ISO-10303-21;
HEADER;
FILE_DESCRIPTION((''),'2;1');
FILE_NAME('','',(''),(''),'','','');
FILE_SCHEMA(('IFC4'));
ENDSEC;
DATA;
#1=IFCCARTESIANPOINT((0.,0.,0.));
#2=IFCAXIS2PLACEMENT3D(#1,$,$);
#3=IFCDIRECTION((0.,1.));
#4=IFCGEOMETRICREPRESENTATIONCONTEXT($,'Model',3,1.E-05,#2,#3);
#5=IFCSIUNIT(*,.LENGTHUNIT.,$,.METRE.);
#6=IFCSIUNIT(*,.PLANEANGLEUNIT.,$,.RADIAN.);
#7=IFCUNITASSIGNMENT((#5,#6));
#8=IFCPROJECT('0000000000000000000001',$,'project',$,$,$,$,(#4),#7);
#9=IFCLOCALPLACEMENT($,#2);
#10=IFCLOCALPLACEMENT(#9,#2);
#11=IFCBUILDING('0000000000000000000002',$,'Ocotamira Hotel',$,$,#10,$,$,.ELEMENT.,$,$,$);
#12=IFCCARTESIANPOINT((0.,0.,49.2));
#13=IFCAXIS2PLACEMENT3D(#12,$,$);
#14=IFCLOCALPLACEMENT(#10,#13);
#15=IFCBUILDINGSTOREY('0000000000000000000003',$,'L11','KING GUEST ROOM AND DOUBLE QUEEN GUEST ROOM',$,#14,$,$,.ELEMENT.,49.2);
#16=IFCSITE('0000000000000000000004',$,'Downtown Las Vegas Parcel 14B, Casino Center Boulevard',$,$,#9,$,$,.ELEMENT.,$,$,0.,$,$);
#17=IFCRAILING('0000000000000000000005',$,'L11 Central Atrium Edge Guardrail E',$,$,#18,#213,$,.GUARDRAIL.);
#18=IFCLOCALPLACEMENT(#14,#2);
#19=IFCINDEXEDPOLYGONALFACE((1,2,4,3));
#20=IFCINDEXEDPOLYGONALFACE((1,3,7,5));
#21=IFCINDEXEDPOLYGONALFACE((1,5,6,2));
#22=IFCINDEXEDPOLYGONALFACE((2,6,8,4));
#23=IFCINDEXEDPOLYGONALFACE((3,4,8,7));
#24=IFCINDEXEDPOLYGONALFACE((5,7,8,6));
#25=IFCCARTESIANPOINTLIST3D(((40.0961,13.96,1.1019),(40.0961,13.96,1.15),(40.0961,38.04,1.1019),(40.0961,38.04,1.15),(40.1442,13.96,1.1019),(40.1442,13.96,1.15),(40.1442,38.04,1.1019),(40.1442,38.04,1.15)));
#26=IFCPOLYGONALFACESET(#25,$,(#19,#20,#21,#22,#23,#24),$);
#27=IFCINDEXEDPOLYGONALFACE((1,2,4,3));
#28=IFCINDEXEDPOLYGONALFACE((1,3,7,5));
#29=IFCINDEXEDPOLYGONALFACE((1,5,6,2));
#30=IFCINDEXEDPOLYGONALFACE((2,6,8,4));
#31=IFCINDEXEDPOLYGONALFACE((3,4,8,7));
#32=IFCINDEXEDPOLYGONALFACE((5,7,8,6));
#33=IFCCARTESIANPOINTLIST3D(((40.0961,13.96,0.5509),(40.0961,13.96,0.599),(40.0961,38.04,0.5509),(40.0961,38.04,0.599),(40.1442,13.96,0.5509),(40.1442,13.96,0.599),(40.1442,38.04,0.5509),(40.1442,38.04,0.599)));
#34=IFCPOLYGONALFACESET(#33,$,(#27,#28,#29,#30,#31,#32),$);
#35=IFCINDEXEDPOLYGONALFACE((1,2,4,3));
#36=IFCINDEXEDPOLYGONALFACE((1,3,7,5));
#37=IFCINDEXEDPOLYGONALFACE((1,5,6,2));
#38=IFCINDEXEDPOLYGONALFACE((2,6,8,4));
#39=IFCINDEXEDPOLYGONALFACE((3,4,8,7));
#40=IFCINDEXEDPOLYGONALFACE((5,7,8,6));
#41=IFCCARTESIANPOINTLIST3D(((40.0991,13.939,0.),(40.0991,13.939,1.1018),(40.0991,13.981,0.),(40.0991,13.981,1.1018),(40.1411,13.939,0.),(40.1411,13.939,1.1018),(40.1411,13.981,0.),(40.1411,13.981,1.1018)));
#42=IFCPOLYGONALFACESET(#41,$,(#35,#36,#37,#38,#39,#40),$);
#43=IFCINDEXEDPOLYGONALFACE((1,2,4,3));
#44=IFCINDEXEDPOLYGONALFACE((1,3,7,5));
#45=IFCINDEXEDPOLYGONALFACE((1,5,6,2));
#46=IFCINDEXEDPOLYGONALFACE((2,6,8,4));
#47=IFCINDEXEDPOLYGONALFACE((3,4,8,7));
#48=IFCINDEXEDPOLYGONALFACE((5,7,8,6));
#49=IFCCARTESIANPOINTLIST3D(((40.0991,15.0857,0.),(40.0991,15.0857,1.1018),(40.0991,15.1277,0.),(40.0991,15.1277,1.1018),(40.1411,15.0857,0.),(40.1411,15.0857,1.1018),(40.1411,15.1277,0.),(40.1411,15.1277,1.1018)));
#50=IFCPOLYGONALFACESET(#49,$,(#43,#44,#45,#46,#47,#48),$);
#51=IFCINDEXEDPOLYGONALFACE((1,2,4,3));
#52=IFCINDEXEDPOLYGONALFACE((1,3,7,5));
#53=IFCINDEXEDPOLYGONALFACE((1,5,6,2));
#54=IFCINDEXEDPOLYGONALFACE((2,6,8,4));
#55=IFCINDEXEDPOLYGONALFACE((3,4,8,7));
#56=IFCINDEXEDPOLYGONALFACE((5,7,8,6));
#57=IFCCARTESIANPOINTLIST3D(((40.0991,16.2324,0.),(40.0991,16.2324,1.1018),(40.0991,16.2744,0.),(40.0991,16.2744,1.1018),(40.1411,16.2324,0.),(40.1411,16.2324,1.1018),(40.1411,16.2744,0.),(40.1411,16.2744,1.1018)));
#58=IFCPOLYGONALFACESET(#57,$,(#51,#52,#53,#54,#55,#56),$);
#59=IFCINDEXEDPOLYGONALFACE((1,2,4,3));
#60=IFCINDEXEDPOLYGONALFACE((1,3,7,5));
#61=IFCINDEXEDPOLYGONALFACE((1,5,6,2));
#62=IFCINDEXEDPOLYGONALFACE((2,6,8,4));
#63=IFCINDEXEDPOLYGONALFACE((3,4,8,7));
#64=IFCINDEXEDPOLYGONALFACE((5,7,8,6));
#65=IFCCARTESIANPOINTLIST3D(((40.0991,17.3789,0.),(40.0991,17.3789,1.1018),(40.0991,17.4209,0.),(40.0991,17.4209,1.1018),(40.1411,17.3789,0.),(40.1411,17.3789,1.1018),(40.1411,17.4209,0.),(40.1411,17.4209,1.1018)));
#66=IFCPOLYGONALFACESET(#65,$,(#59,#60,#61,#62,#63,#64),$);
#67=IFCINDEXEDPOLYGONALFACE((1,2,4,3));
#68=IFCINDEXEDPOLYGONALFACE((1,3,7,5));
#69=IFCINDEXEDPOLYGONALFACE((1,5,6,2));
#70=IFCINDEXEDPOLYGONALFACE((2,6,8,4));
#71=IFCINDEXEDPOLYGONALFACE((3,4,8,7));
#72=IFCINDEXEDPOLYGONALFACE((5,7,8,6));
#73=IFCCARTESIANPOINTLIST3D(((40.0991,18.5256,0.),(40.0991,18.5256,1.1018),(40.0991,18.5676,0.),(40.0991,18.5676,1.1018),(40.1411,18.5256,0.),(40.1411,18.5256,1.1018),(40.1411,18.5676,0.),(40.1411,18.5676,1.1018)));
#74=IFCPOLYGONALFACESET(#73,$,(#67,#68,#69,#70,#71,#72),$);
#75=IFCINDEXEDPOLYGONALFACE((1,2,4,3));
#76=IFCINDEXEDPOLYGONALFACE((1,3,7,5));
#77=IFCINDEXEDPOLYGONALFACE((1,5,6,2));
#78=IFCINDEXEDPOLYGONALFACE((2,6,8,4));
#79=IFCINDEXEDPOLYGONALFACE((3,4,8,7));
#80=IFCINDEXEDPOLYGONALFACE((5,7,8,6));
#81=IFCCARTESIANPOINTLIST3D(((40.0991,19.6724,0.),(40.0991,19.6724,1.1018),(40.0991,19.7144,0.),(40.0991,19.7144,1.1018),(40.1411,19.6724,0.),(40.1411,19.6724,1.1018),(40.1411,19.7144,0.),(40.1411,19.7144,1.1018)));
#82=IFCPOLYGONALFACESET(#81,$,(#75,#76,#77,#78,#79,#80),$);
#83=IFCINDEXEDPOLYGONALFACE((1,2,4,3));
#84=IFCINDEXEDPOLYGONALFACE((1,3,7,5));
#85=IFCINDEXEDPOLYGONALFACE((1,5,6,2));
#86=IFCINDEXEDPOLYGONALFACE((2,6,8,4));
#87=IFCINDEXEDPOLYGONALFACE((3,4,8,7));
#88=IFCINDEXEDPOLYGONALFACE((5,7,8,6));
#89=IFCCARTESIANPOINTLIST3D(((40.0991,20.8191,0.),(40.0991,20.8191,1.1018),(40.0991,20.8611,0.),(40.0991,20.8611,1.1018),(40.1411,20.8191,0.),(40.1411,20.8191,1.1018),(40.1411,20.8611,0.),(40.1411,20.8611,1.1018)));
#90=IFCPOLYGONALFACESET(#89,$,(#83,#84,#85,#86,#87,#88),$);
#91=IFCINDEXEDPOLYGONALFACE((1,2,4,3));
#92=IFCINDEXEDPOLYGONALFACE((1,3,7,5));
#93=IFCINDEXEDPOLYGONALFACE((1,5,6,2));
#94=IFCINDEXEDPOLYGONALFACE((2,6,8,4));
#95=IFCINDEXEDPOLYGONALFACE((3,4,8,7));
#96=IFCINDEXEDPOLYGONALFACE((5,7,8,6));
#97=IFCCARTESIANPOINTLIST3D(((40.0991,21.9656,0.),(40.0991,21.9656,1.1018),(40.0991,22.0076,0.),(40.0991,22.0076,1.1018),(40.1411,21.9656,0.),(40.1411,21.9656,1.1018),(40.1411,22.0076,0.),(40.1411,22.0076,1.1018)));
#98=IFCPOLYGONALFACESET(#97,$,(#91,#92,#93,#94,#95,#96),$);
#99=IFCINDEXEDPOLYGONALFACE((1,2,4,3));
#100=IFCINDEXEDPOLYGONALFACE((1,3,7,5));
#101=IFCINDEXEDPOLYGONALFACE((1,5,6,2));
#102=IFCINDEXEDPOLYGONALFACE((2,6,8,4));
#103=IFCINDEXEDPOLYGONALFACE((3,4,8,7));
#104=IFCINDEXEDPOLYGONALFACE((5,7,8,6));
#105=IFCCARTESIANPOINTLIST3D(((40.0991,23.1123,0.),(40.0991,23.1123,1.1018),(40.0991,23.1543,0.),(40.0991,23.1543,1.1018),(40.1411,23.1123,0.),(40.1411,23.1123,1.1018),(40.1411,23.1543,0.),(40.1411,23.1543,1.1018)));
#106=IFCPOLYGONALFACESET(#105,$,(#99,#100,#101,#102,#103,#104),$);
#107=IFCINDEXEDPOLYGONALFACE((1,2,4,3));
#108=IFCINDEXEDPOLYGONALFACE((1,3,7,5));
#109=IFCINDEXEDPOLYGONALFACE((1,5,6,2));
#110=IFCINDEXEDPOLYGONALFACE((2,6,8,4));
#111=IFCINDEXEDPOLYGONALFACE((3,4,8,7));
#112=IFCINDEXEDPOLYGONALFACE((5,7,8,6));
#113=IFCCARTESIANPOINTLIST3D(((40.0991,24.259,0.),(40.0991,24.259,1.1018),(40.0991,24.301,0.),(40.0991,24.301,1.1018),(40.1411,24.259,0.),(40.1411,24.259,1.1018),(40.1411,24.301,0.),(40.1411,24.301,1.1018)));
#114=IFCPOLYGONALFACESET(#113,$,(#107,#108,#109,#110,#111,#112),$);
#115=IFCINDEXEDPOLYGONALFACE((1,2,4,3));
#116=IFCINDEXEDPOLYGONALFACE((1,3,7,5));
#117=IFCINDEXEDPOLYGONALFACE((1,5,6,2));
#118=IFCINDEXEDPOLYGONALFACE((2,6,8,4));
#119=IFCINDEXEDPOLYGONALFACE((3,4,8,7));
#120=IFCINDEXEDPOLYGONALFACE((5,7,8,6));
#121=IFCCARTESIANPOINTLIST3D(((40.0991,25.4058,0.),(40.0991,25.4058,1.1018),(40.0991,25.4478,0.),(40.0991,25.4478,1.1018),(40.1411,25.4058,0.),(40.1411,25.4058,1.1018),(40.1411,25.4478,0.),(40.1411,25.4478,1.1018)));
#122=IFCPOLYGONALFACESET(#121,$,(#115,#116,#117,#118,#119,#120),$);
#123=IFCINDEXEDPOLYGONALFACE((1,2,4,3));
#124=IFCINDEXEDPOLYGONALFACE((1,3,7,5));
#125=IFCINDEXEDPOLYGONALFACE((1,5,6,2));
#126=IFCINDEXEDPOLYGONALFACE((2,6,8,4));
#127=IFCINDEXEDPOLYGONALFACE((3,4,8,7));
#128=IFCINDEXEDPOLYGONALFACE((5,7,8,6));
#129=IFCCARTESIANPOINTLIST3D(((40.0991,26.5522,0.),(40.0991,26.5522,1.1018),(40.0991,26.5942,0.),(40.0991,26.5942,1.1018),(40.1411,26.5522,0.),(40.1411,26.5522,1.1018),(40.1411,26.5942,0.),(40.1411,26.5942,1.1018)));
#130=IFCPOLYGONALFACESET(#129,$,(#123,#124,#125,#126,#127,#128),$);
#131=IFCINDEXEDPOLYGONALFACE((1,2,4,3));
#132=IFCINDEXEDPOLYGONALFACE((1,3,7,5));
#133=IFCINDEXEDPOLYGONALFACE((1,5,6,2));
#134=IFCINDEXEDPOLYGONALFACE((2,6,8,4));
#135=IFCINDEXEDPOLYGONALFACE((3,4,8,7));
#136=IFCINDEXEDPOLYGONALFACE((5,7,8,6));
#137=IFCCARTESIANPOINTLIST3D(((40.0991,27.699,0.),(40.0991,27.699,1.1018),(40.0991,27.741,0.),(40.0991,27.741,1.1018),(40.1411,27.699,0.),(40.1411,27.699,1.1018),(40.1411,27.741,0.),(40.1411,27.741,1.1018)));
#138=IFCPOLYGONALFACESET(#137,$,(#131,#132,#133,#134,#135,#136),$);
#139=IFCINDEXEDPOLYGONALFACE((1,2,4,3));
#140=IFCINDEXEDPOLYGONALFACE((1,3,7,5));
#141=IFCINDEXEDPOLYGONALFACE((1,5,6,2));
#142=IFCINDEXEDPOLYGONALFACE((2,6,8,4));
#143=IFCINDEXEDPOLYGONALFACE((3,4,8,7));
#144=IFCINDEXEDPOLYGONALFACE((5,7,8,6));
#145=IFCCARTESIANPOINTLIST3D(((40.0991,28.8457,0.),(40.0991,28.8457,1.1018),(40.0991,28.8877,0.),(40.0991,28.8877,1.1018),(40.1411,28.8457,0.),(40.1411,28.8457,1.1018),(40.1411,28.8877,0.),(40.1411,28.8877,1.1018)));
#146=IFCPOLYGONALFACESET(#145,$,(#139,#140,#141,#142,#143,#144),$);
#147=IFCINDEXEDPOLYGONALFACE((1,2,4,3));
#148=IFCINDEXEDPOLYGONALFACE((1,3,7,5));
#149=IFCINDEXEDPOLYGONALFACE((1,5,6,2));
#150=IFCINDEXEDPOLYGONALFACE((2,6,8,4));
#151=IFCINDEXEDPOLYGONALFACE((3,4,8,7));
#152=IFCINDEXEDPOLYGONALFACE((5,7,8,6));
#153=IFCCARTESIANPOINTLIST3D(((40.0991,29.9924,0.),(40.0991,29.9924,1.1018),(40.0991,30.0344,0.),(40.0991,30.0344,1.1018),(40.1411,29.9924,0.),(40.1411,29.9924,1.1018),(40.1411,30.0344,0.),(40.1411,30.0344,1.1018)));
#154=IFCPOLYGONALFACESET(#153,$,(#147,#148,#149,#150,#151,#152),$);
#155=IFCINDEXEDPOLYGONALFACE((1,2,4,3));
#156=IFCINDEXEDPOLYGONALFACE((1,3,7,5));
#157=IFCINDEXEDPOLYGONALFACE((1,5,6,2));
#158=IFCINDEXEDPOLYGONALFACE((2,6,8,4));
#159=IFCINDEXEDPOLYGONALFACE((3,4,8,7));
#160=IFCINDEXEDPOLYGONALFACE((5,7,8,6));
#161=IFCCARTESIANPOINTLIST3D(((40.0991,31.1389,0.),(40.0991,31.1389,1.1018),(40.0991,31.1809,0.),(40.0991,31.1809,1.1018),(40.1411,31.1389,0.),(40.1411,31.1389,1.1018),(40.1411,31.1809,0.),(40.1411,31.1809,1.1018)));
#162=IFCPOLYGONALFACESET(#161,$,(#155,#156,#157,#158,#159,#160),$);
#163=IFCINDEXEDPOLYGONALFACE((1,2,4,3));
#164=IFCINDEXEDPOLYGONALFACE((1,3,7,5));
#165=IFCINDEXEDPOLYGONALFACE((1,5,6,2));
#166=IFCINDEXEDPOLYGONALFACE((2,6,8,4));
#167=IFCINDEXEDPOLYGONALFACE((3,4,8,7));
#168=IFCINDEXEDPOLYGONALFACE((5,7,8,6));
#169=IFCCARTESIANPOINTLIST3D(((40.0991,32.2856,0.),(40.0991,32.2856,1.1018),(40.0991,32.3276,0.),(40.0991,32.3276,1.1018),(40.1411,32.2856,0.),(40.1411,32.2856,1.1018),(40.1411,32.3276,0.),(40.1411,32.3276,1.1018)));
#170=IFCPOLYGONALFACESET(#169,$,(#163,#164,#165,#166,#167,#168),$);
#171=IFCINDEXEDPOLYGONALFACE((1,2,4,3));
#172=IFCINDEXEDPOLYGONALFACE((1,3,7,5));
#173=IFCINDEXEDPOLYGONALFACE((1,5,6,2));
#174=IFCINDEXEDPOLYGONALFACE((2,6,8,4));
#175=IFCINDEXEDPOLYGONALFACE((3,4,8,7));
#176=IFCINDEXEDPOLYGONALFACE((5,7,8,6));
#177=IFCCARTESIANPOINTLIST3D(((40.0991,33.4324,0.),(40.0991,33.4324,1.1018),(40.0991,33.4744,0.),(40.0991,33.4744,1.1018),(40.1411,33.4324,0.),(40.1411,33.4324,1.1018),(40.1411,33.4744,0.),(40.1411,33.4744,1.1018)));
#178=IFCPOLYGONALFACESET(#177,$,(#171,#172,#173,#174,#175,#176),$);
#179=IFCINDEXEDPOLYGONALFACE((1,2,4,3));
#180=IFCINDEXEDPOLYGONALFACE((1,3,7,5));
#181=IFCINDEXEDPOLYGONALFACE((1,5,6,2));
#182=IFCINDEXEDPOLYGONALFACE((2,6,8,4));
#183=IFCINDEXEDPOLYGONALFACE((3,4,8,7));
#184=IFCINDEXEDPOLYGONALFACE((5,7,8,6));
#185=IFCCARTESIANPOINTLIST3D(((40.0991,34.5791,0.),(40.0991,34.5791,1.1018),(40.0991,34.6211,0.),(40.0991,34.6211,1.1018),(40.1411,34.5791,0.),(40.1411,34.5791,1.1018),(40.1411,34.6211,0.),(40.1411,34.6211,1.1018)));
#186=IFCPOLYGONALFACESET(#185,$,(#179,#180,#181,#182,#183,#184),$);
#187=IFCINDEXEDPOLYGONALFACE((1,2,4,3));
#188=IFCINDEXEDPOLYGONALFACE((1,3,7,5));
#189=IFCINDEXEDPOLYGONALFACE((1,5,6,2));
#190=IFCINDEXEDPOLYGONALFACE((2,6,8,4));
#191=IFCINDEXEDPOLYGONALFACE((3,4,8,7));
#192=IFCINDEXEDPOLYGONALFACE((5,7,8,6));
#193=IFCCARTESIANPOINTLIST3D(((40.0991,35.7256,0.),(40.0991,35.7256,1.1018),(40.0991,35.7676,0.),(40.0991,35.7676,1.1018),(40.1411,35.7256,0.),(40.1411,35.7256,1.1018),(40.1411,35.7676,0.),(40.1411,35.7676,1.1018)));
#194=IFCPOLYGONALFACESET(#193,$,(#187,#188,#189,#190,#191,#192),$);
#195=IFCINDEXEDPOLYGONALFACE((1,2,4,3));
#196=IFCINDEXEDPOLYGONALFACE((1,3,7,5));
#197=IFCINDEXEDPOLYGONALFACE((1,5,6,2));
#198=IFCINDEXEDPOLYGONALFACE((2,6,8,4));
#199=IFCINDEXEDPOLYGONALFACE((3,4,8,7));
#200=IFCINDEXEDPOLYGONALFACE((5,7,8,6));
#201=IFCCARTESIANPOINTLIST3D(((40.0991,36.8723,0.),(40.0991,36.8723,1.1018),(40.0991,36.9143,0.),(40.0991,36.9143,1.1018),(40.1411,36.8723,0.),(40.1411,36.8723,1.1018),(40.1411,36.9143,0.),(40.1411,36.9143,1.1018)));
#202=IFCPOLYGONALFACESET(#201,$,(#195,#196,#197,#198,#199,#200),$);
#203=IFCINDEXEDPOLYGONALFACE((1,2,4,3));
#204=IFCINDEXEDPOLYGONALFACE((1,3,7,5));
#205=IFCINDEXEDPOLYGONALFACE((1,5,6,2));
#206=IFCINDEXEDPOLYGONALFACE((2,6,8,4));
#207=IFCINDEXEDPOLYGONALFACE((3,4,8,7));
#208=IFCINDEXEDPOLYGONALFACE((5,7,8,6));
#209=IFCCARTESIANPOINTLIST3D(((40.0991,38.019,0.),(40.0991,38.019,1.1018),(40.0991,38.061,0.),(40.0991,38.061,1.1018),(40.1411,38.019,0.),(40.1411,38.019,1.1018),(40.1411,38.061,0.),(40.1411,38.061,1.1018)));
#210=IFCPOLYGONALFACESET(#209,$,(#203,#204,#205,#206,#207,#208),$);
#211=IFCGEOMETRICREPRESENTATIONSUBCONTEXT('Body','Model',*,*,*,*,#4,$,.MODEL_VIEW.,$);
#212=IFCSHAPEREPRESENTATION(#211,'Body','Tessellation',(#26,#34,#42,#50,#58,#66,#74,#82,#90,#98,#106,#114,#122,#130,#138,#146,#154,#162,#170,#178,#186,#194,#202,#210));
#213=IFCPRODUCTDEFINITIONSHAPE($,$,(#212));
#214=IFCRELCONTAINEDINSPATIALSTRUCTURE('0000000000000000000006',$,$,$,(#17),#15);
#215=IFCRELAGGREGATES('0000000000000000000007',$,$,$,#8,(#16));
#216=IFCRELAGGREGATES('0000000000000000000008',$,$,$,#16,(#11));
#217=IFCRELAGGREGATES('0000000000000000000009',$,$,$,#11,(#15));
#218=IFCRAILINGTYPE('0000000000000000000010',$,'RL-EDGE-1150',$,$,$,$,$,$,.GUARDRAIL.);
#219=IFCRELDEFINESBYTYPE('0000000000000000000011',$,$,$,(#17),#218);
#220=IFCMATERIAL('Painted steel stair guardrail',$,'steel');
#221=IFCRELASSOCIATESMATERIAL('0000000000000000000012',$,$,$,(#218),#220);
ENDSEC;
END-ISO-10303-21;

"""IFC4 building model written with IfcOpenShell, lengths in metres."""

from ifc_helpers import new_model, si_unit, direction, frame, origin, origin_2d, place, context, subcontext, project, spatial, rectangle, extrude, material, type_object, element, save


model = new_model("IFC4")

# Units and contexts
model_context = context("Model", 3, precision=1e-05, world=origin(), true_north=direction((0.0, 1.0)))
body_context = subcontext(model_context, "Body", "Model", "MODEL_VIEW")
ifc_project = project(units=[si_unit("LENGTHUNIT", "METRE"), si_unit("PLANEANGLEUNIT", "RADIAN")], contexts=[model_context])

# Site, building, storey
site_placement = place(None, origin())
site = spatial("IfcSite", under=ifc_project, at=site_placement, Name="Downtown Las Vegas Parcel 14B, Casino Center Boulevard", CompositionType="ELEMENT", RefElevation=0.0)
building_placement = place(site_placement, origin())
building = spatial("IfcBuilding", under=site, at=building_placement, Name="Ocotamira Hotel", CompositionType="ELEMENT")
storey_placement = place(building_placement, frame((0.0, 0.0, 49.2)))
storey = spatial("IfcBuildingStorey", under=building, at=storey_placement, Name="L11", Description="KING GUEST ROOM AND DOUBLE QUEEN GUEST ROOM", CompositionType="ELEMENT", Elevation=49.2)

# Railing
ifc_material_1 = material(Name="Painted steel stair guardrail", Category="steel")
railing_type = type_object("IfcRailingType", Name="RL-EDGE-1150", PredefinedType="GUARDRAIL", material=ifc_material_1)
railing_placement = place(storey_placement, frame((40.1201, 13.96, 0.0)))
element("IfcRailing", 1, at=railing_placement, inside=storey, type_object=railing_type, Name="L11 Central Atrium Edge Guardrail E", PredefinedType="GUARDRAIL", context=body_context, shape_type="SweptSolid", body=[
    extrude(rectangle(XDim=0.0481, YDim=0.0481, at=origin_2d()), frame((0.0, 0.0, 1.126), z_axis=(0.0, 1.0, 0.0), x_axis=(-1.0, 0.0, 0.0)), (0.0, 0.0, 1.0), 24.0801),
    extrude(rectangle(XDim=0.0481, YDim=0.0481, at=origin_2d()), frame((0.0, 0.0, 0.575), z_axis=(0.0, 1.0, 0.0), x_axis=(-1.0, 0.0, 0.0)), (0.0, 0.0, 1.0), 24.0801),
    extrude(rectangle(XDim=0.042, YDim=0.042, at=origin_2d()), origin(), (0.0, 0.0, 1.0), 1.1018),
    extrude(rectangle(XDim=0.042, YDim=0.042, at=origin_2d()), frame((0.0, 1.1467, 0.0)), (0.0, 0.0, 1.0), 1.1018),
    extrude(rectangle(XDim=0.042, YDim=0.042, at=origin_2d()), frame((0.0, 2.2935, 0.0)), (0.0, 0.0, 1.0), 1.1018),
    extrude(rectangle(XDim=0.042, YDim=0.042, at=origin_2d()), frame((0.0, 3.4399, 0.0)), (0.0, 0.0, 1.0), 1.1018),
    extrude(rectangle(XDim=0.042, YDim=0.042, at=origin_2d()), frame((0.0, 4.5867, 0.0)), (0.0, 0.0, 1.0), 1.1018),
    extrude(rectangle(XDim=0.042, YDim=0.042, at=origin_2d()), frame((0.0, 5.7334, 0.0)), (0.0, 0.0, 1.0), 1.1018),
    extrude(rectangle(XDim=0.042, YDim=0.042, at=origin_2d()), frame((0.0, 6.8801, 0.0)), (0.0, 0.0, 1.0), 1.1018),
    extrude(rectangle(XDim=0.042, YDim=0.042, at=origin_2d()), frame((0.0, 8.0266, 0.0)), (0.0, 0.0, 1.0), 1.1018),
    extrude(rectangle(XDim=0.042, YDim=0.042, at=origin_2d()), frame((0.0, 9.1733, 0.0)), (0.0, 0.0, 1.0), 1.1018),
    extrude(rectangle(XDim=0.042, YDim=0.042, at=origin_2d()), frame((0.0, 10.3201, 0.0)), (0.0, 0.0, 1.0), 1.1018),
    extrude(rectangle(XDim=0.042, YDim=0.042, at=origin_2d()), frame((0.0, 11.4668, 0.0)), (0.0, 0.0, 1.0), 1.1018),
    extrude(rectangle(XDim=0.042, YDim=0.042, at=origin_2d()), frame((0.0, 12.6133, 0.0)), (0.0, 0.0, 1.0), 1.1018),
    extrude(rectangle(XDim=0.042, YDim=0.042, at=origin_2d()), frame((0.0, 13.76, 0.0)), (0.0, 0.0, 1.0), 1.1018),
    extrude(rectangle(XDim=0.042, YDim=0.042, at=origin_2d()), frame((0.0, 14.9067, 0.0)), (0.0, 0.0, 1.0), 1.1018),
    extrude(rectangle(XDim=0.042, YDim=0.042, at=origin_2d()), frame((0.0, 16.0535, 0.0)), (0.0, 0.0, 1.0), 1.1018),
    extrude(rectangle(XDim=0.042, YDim=0.042, at=origin_2d()), frame((0.0, 17.2, 0.0)), (0.0, 0.0, 1.0), 1.1018),
    extrude(rectangle(XDim=0.042, YDim=0.042, at=origin_2d()), frame((0.0, 18.3467, 0.0)), (0.0, 0.0, 1.0), 1.1018),
    extrude(rectangle(XDim=0.042, YDim=0.042, at=origin_2d()), frame((0.0, 19.4934, 0.0)), (0.0, 0.0, 1.0), 1.1018),
    extrude(rectangle(XDim=0.042, YDim=0.042, at=origin_2d()), frame((0.0, 20.6401, 0.0)), (0.0, 0.0, 1.0), 1.1018),
    extrude(rectangle(XDim=0.042, YDim=0.042, at=origin_2d()), frame((0.0, 21.7866, 0.0)), (0.0, 0.0, 1.0), 1.1018),
    extrude(rectangle(XDim=0.042, YDim=0.042, at=origin_2d()), frame((0.0, 22.9333, 0.0)), (0.0, 0.0, 1.0), 1.1018),
    extrude(rectangle(XDim=0.042, YDim=0.042, at=origin_2d()), frame((0.0, 24.0801, 0.0)), (0.0, 0.0, 1.0), 1.1018),
])

save(model, "model.ifc")
